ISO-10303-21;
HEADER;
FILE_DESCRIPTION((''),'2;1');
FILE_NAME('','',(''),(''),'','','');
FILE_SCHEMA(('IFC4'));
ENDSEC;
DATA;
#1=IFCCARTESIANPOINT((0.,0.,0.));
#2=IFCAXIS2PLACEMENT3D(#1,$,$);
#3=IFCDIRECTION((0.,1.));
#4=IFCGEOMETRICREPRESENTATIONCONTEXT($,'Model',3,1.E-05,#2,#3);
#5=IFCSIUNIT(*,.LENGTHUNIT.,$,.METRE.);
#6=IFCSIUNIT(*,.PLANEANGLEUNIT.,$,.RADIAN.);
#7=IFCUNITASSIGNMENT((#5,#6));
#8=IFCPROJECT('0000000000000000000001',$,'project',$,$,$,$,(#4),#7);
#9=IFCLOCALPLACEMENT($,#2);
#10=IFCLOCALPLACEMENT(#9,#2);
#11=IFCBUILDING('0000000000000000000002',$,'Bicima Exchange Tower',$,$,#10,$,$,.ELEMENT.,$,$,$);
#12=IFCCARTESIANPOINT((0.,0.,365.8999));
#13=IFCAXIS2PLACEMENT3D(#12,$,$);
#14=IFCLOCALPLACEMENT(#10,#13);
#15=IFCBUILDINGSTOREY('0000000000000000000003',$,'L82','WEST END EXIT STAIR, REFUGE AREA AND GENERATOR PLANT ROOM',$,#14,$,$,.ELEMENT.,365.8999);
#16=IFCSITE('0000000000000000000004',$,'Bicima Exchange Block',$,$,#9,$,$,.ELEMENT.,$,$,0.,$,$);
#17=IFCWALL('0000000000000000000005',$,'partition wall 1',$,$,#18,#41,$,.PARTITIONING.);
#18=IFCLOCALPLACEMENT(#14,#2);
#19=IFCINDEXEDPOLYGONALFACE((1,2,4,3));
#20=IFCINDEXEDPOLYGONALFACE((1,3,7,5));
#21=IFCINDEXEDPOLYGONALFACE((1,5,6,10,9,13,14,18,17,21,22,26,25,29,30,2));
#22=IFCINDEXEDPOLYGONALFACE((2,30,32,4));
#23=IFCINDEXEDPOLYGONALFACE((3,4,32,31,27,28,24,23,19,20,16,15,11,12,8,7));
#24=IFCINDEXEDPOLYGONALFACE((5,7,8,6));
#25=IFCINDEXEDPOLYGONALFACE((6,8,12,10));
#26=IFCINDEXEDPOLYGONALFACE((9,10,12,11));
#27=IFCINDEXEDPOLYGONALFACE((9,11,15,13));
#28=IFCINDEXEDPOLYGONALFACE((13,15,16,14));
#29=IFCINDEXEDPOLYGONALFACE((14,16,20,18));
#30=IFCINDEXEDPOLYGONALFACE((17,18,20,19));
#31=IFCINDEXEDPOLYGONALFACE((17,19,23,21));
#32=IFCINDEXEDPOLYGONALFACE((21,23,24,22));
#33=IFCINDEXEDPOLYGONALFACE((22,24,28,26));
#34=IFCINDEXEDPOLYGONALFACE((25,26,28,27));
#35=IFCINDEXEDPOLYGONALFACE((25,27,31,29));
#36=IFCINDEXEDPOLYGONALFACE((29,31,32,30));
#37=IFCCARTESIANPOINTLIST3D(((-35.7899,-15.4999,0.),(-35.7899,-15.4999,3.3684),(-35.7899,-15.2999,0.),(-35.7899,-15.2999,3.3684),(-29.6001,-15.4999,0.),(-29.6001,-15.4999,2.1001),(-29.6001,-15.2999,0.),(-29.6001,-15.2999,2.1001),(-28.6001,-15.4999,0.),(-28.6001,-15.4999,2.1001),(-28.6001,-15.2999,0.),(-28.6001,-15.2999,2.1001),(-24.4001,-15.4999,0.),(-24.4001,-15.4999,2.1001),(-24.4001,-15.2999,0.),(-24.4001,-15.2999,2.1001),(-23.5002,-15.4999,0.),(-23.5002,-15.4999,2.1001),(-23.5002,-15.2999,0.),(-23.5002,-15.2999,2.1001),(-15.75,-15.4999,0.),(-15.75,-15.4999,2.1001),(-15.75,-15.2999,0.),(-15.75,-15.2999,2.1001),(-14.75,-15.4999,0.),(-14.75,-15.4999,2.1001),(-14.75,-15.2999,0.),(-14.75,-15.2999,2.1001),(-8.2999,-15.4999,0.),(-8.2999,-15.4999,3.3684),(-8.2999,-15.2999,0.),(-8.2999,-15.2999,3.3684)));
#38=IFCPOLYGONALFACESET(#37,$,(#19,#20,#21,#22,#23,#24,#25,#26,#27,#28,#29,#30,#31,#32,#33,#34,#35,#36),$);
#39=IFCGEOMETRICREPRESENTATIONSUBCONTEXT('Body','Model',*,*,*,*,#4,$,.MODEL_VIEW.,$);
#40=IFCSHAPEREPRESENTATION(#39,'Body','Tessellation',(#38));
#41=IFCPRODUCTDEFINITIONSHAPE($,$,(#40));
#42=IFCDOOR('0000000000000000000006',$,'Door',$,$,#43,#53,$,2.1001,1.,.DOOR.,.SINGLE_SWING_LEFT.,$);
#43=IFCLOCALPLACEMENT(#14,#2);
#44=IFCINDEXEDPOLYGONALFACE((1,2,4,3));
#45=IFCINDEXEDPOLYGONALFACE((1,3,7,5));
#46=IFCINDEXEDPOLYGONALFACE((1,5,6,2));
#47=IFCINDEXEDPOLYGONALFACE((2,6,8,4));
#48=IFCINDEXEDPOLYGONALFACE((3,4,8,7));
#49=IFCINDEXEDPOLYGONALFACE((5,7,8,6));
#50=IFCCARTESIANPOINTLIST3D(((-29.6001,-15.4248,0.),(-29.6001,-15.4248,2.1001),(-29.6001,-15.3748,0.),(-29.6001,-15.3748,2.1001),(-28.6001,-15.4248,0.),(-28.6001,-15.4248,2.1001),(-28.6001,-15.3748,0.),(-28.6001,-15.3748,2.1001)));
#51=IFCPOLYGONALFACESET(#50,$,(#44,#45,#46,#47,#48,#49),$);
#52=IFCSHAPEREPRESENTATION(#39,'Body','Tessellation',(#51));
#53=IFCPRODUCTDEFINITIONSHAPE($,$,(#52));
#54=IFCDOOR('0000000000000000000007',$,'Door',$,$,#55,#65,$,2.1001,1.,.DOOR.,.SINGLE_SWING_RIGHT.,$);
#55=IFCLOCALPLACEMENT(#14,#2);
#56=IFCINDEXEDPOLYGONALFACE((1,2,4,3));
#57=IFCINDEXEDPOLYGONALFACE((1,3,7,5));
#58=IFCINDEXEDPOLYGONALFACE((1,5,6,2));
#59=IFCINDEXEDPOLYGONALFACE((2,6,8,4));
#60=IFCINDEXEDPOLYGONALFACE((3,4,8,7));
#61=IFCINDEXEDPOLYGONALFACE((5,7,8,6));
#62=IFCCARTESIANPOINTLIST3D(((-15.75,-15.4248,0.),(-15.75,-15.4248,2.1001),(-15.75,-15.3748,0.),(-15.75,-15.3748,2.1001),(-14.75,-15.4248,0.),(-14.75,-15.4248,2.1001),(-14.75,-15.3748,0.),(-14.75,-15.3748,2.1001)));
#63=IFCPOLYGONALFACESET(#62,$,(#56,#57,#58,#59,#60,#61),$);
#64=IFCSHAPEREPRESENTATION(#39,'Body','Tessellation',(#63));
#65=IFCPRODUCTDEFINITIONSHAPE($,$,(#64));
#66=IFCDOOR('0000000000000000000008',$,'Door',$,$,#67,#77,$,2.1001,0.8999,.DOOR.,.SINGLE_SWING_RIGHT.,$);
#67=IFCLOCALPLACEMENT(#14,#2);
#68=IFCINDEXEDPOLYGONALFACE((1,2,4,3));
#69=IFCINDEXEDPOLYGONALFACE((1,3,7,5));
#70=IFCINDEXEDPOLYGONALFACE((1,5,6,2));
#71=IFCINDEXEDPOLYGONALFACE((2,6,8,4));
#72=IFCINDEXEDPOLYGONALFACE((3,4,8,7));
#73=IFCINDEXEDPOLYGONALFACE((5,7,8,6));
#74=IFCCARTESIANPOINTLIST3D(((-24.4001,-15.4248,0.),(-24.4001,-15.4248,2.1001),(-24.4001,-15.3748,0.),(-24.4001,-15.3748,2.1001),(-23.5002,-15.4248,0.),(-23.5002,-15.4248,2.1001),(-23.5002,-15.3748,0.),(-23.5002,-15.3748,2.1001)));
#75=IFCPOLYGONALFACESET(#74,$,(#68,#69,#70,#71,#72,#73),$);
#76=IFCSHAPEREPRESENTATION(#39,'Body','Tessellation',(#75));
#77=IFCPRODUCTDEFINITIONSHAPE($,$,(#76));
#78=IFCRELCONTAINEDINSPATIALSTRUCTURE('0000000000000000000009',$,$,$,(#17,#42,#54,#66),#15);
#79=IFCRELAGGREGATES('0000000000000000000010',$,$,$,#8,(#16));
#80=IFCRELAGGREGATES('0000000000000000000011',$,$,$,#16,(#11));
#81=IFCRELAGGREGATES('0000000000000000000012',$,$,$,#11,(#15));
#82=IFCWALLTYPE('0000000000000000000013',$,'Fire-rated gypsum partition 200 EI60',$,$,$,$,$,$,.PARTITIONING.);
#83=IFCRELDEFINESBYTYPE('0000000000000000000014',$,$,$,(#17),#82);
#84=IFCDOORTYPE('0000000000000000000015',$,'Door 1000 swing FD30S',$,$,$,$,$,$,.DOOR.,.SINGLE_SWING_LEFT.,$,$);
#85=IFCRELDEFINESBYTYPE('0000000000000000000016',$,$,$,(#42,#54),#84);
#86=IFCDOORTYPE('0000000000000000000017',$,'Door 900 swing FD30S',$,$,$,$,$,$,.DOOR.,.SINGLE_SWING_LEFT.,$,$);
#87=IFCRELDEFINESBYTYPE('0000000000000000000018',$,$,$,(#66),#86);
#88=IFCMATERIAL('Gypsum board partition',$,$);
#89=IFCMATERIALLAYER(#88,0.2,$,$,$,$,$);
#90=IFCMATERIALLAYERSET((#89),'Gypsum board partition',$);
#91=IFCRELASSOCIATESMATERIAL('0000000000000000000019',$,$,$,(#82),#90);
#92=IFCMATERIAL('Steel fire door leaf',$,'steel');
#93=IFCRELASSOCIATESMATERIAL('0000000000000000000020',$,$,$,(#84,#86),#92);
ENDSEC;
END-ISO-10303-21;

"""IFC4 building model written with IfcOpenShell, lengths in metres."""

from ifc_helpers import new_model, si_unit, direction, frame, frame_2d, origin, place, context, subcontext, project, spatial, rectangle, extrude, material, layer, layer_set, type_object, element, fill, save


model = new_model("IFC4")

# Units and contexts
model_context = context("Model", 3, precision=1e-05, world=origin(), true_north=direction((0.0, 1.0)))
body_context = subcontext(model_context, "Body", "Model", "MODEL_VIEW")
ifc_project = project(units=[si_unit("LENGTHUNIT", "METRE"), si_unit("PLANEANGLEUNIT", "RADIAN")], contexts=[model_context])

# Site, building, storey
site_placement = place(None, origin())
site = spatial("IfcSite", under=ifc_project, at=site_placement, Name="Bicima Exchange Block", CompositionType="ELEMENT", RefElevation=0.0)
building_placement = place(site_placement, origin())
building = spatial("IfcBuilding", under=site, at=building_placement, Name="Bicima Exchange Tower", CompositionType="ELEMENT")
storey_placement = place(building_placement, frame((0.0, 0.0, 365.8999)))
storey = spatial("IfcBuildingStorey", under=building, at=storey_placement, Name="L82", Description="WEST END EXIT STAIR, REFUGE AREA AND GENERATOR PLANT ROOM", CompositionType="ELEMENT", Elevation=365.8999)

# Wall, openings, doors
ifc_material_1 = material(Name="Gypsum board partition")
ifc_layer_1 = layer(ifc_material_1, 0.2)
ifc_layer_set_1 = layer_set([ifc_layer_1], Name="Gypsum board partition")
wall_type = type_object("IfcWallType", Name="Fire-rated gypsum partition 200 EI60", PredefinedType="PARTITIONING", material=ifc_layer_set_1)
wall_placement = place(storey_placement, frame((-35.79, -15.3999, 0.0), z_axis=(0.0, 0.0, 1.0), x_axis=(1.0, 0.0, 0.0)))
wall = element("IfcWall", 1, at=wall_placement, inside=storey, type_object=wall_type, Name="partition wall 1", PredefinedType="PARTITIONING", context=body_context, shape_type="SweptSolid", body=[
    extrude(rectangle(XDim=27.49, YDim=0.2, at=frame_2d((13.7451, 0.0))), origin(), (0.0, 0.0, 1.0), 3.3684),
])
opening_1_placement = place(wall_placement, frame((6.1899, 0.0, 0.0)))
opening_1 = element("IfcOpeningElement", 2, at=opening_1_placement, cuts=wall, PredefinedType="OPENING", context=body_context, shape_type="SweptSolid", body=[
    extrude(rectangle(XDim=1.0, YDim=2.1001, at=frame_2d((0.5, 1.05))), frame((0.0, 0.1118, 0.0), z_axis=(0.0, -1.0, 0.0), x_axis=(1.0, 0.0, 0.0)), (0.0, 0.0, 1.0), 0.2239),
])
opening_2_placement = place(wall_placement, frame((11.3899, 0.0, 0.0)))
opening_2 = element("IfcOpeningElement", 3, at=opening_2_placement, cuts=wall, PredefinedType="OPENING", context=body_context, shape_type="SweptSolid", body=[
    extrude(rectangle(XDim=0.8999, YDim=2.1001, at=frame_2d((0.45, 1.05))), frame((0.0, 0.1118, 0.0), z_axis=(0.0, -1.0, 0.0), x_axis=(1.0, 0.0, 0.0)), (0.0, 0.0, 1.0), 0.2239),
])
opening_3_placement = place(wall_placement, frame((20.04, 0.0, 0.0)))
opening_3 = element("IfcOpeningElement", 4, at=opening_3_placement, cuts=wall, PredefinedType="OPENING", context=body_context, shape_type="SweptSolid", body=[
    extrude(rectangle(XDim=1.0, YDim=2.1001, at=frame_2d((0.5, 1.05))), frame((0.0, 0.1118, 0.0), z_axis=(0.0, -1.0, 0.0), x_axis=(1.0, 0.0, 0.0)), (0.0, 0.0, 1.0), 0.2239),
])
ifc_material_2 = material(Name="Steel fire door leaf", Category="steel")
door_type_1 = type_object("IfcDoorType", Name="Door 1000 swing FD30S", OperationType="SINGLE_SWING_LEFT", PredefinedType="DOOR", material=ifc_material_2)
door_1_placement = place(opening_1_placement, frame((1.0, 0.0, 0.0), z_axis=(0.0, 0.0, 1.0), x_axis=(-1.0, 0.0, 0.0)))
door_1 = element("IfcDoor", 5, at=door_1_placement, inside=storey, type_object=door_type_1, Name="Door", OperationType="SINGLE_SWING_LEFT", OverallHeight=2.1001, OverallWidth=1.0, PredefinedType="DOOR", context=body_context, shape_type="SweptSolid", body=[
    extrude(rectangle(XDim=1.0, YDim=2.1001, at=frame_2d((0.5, 1.05))), frame((0.0, 0.0249, 0.0), z_axis=(0.0, -1.0, 0.0), x_axis=(1.0, 0.0, 0.0)), (0.0, 0.0, 1.0), 0.05),
])
fill(opening_1, door_1)
door_2_placement = place(opening_3_placement, frame((1.0, 0.0, 0.0), z_axis=(0.0, 0.0, 1.0), x_axis=(-1.0, 0.0, 0.0)))
door_2 = element("IfcDoor", 6, at=door_2_placement, inside=storey, type_object=door_type_1, Name="Door", OperationType="SINGLE_SWING_RIGHT", OverallHeight=2.1001, OverallWidth=1.0, PredefinedType="DOOR", context=body_context, shape_type="SweptSolid", body=[
    extrude(rectangle(XDim=1.0, YDim=2.1001, at=frame_2d((0.5, 1.05))), frame((0.0, 0.0249, 0.0), z_axis=(0.0, -1.0, 0.0), x_axis=(1.0, 0.0, 0.0)), (0.0, 0.0, 1.0), 0.05),
])
fill(opening_3, door_2)
door_type_2 = type_object("IfcDoorType", Name="Door 900 swing FD30S", OperationType="SINGLE_SWING_LEFT", PredefinedType="DOOR", material=ifc_material_2)
door_3_placement = place(opening_2_placement, frame((0.8999, 0.0, 0.0), z_axis=(0.0, 0.0, 1.0), x_axis=(-1.0, 0.0, 0.0)))
door_3 = element("IfcDoor", 7, at=door_3_placement, inside=storey, type_object=door_type_2, Name="Door", OperationType="SINGLE_SWING_RIGHT", OverallHeight=2.1001, OverallWidth=0.8999, PredefinedType="DOOR", context=body_context, shape_type="SweptSolid", body=[
    extrude(rectangle(XDim=0.8999, YDim=2.1001, at=frame_2d((0.45, 1.05))), frame((0.0, 0.0249, 0.0), z_axis=(0.0, -1.0, 0.0), x_axis=(1.0, 0.0, 0.0)), (0.0, 0.0, 1.0), 0.05),
])
fill(opening_2, door_3)

save(model, "model.ifc")
